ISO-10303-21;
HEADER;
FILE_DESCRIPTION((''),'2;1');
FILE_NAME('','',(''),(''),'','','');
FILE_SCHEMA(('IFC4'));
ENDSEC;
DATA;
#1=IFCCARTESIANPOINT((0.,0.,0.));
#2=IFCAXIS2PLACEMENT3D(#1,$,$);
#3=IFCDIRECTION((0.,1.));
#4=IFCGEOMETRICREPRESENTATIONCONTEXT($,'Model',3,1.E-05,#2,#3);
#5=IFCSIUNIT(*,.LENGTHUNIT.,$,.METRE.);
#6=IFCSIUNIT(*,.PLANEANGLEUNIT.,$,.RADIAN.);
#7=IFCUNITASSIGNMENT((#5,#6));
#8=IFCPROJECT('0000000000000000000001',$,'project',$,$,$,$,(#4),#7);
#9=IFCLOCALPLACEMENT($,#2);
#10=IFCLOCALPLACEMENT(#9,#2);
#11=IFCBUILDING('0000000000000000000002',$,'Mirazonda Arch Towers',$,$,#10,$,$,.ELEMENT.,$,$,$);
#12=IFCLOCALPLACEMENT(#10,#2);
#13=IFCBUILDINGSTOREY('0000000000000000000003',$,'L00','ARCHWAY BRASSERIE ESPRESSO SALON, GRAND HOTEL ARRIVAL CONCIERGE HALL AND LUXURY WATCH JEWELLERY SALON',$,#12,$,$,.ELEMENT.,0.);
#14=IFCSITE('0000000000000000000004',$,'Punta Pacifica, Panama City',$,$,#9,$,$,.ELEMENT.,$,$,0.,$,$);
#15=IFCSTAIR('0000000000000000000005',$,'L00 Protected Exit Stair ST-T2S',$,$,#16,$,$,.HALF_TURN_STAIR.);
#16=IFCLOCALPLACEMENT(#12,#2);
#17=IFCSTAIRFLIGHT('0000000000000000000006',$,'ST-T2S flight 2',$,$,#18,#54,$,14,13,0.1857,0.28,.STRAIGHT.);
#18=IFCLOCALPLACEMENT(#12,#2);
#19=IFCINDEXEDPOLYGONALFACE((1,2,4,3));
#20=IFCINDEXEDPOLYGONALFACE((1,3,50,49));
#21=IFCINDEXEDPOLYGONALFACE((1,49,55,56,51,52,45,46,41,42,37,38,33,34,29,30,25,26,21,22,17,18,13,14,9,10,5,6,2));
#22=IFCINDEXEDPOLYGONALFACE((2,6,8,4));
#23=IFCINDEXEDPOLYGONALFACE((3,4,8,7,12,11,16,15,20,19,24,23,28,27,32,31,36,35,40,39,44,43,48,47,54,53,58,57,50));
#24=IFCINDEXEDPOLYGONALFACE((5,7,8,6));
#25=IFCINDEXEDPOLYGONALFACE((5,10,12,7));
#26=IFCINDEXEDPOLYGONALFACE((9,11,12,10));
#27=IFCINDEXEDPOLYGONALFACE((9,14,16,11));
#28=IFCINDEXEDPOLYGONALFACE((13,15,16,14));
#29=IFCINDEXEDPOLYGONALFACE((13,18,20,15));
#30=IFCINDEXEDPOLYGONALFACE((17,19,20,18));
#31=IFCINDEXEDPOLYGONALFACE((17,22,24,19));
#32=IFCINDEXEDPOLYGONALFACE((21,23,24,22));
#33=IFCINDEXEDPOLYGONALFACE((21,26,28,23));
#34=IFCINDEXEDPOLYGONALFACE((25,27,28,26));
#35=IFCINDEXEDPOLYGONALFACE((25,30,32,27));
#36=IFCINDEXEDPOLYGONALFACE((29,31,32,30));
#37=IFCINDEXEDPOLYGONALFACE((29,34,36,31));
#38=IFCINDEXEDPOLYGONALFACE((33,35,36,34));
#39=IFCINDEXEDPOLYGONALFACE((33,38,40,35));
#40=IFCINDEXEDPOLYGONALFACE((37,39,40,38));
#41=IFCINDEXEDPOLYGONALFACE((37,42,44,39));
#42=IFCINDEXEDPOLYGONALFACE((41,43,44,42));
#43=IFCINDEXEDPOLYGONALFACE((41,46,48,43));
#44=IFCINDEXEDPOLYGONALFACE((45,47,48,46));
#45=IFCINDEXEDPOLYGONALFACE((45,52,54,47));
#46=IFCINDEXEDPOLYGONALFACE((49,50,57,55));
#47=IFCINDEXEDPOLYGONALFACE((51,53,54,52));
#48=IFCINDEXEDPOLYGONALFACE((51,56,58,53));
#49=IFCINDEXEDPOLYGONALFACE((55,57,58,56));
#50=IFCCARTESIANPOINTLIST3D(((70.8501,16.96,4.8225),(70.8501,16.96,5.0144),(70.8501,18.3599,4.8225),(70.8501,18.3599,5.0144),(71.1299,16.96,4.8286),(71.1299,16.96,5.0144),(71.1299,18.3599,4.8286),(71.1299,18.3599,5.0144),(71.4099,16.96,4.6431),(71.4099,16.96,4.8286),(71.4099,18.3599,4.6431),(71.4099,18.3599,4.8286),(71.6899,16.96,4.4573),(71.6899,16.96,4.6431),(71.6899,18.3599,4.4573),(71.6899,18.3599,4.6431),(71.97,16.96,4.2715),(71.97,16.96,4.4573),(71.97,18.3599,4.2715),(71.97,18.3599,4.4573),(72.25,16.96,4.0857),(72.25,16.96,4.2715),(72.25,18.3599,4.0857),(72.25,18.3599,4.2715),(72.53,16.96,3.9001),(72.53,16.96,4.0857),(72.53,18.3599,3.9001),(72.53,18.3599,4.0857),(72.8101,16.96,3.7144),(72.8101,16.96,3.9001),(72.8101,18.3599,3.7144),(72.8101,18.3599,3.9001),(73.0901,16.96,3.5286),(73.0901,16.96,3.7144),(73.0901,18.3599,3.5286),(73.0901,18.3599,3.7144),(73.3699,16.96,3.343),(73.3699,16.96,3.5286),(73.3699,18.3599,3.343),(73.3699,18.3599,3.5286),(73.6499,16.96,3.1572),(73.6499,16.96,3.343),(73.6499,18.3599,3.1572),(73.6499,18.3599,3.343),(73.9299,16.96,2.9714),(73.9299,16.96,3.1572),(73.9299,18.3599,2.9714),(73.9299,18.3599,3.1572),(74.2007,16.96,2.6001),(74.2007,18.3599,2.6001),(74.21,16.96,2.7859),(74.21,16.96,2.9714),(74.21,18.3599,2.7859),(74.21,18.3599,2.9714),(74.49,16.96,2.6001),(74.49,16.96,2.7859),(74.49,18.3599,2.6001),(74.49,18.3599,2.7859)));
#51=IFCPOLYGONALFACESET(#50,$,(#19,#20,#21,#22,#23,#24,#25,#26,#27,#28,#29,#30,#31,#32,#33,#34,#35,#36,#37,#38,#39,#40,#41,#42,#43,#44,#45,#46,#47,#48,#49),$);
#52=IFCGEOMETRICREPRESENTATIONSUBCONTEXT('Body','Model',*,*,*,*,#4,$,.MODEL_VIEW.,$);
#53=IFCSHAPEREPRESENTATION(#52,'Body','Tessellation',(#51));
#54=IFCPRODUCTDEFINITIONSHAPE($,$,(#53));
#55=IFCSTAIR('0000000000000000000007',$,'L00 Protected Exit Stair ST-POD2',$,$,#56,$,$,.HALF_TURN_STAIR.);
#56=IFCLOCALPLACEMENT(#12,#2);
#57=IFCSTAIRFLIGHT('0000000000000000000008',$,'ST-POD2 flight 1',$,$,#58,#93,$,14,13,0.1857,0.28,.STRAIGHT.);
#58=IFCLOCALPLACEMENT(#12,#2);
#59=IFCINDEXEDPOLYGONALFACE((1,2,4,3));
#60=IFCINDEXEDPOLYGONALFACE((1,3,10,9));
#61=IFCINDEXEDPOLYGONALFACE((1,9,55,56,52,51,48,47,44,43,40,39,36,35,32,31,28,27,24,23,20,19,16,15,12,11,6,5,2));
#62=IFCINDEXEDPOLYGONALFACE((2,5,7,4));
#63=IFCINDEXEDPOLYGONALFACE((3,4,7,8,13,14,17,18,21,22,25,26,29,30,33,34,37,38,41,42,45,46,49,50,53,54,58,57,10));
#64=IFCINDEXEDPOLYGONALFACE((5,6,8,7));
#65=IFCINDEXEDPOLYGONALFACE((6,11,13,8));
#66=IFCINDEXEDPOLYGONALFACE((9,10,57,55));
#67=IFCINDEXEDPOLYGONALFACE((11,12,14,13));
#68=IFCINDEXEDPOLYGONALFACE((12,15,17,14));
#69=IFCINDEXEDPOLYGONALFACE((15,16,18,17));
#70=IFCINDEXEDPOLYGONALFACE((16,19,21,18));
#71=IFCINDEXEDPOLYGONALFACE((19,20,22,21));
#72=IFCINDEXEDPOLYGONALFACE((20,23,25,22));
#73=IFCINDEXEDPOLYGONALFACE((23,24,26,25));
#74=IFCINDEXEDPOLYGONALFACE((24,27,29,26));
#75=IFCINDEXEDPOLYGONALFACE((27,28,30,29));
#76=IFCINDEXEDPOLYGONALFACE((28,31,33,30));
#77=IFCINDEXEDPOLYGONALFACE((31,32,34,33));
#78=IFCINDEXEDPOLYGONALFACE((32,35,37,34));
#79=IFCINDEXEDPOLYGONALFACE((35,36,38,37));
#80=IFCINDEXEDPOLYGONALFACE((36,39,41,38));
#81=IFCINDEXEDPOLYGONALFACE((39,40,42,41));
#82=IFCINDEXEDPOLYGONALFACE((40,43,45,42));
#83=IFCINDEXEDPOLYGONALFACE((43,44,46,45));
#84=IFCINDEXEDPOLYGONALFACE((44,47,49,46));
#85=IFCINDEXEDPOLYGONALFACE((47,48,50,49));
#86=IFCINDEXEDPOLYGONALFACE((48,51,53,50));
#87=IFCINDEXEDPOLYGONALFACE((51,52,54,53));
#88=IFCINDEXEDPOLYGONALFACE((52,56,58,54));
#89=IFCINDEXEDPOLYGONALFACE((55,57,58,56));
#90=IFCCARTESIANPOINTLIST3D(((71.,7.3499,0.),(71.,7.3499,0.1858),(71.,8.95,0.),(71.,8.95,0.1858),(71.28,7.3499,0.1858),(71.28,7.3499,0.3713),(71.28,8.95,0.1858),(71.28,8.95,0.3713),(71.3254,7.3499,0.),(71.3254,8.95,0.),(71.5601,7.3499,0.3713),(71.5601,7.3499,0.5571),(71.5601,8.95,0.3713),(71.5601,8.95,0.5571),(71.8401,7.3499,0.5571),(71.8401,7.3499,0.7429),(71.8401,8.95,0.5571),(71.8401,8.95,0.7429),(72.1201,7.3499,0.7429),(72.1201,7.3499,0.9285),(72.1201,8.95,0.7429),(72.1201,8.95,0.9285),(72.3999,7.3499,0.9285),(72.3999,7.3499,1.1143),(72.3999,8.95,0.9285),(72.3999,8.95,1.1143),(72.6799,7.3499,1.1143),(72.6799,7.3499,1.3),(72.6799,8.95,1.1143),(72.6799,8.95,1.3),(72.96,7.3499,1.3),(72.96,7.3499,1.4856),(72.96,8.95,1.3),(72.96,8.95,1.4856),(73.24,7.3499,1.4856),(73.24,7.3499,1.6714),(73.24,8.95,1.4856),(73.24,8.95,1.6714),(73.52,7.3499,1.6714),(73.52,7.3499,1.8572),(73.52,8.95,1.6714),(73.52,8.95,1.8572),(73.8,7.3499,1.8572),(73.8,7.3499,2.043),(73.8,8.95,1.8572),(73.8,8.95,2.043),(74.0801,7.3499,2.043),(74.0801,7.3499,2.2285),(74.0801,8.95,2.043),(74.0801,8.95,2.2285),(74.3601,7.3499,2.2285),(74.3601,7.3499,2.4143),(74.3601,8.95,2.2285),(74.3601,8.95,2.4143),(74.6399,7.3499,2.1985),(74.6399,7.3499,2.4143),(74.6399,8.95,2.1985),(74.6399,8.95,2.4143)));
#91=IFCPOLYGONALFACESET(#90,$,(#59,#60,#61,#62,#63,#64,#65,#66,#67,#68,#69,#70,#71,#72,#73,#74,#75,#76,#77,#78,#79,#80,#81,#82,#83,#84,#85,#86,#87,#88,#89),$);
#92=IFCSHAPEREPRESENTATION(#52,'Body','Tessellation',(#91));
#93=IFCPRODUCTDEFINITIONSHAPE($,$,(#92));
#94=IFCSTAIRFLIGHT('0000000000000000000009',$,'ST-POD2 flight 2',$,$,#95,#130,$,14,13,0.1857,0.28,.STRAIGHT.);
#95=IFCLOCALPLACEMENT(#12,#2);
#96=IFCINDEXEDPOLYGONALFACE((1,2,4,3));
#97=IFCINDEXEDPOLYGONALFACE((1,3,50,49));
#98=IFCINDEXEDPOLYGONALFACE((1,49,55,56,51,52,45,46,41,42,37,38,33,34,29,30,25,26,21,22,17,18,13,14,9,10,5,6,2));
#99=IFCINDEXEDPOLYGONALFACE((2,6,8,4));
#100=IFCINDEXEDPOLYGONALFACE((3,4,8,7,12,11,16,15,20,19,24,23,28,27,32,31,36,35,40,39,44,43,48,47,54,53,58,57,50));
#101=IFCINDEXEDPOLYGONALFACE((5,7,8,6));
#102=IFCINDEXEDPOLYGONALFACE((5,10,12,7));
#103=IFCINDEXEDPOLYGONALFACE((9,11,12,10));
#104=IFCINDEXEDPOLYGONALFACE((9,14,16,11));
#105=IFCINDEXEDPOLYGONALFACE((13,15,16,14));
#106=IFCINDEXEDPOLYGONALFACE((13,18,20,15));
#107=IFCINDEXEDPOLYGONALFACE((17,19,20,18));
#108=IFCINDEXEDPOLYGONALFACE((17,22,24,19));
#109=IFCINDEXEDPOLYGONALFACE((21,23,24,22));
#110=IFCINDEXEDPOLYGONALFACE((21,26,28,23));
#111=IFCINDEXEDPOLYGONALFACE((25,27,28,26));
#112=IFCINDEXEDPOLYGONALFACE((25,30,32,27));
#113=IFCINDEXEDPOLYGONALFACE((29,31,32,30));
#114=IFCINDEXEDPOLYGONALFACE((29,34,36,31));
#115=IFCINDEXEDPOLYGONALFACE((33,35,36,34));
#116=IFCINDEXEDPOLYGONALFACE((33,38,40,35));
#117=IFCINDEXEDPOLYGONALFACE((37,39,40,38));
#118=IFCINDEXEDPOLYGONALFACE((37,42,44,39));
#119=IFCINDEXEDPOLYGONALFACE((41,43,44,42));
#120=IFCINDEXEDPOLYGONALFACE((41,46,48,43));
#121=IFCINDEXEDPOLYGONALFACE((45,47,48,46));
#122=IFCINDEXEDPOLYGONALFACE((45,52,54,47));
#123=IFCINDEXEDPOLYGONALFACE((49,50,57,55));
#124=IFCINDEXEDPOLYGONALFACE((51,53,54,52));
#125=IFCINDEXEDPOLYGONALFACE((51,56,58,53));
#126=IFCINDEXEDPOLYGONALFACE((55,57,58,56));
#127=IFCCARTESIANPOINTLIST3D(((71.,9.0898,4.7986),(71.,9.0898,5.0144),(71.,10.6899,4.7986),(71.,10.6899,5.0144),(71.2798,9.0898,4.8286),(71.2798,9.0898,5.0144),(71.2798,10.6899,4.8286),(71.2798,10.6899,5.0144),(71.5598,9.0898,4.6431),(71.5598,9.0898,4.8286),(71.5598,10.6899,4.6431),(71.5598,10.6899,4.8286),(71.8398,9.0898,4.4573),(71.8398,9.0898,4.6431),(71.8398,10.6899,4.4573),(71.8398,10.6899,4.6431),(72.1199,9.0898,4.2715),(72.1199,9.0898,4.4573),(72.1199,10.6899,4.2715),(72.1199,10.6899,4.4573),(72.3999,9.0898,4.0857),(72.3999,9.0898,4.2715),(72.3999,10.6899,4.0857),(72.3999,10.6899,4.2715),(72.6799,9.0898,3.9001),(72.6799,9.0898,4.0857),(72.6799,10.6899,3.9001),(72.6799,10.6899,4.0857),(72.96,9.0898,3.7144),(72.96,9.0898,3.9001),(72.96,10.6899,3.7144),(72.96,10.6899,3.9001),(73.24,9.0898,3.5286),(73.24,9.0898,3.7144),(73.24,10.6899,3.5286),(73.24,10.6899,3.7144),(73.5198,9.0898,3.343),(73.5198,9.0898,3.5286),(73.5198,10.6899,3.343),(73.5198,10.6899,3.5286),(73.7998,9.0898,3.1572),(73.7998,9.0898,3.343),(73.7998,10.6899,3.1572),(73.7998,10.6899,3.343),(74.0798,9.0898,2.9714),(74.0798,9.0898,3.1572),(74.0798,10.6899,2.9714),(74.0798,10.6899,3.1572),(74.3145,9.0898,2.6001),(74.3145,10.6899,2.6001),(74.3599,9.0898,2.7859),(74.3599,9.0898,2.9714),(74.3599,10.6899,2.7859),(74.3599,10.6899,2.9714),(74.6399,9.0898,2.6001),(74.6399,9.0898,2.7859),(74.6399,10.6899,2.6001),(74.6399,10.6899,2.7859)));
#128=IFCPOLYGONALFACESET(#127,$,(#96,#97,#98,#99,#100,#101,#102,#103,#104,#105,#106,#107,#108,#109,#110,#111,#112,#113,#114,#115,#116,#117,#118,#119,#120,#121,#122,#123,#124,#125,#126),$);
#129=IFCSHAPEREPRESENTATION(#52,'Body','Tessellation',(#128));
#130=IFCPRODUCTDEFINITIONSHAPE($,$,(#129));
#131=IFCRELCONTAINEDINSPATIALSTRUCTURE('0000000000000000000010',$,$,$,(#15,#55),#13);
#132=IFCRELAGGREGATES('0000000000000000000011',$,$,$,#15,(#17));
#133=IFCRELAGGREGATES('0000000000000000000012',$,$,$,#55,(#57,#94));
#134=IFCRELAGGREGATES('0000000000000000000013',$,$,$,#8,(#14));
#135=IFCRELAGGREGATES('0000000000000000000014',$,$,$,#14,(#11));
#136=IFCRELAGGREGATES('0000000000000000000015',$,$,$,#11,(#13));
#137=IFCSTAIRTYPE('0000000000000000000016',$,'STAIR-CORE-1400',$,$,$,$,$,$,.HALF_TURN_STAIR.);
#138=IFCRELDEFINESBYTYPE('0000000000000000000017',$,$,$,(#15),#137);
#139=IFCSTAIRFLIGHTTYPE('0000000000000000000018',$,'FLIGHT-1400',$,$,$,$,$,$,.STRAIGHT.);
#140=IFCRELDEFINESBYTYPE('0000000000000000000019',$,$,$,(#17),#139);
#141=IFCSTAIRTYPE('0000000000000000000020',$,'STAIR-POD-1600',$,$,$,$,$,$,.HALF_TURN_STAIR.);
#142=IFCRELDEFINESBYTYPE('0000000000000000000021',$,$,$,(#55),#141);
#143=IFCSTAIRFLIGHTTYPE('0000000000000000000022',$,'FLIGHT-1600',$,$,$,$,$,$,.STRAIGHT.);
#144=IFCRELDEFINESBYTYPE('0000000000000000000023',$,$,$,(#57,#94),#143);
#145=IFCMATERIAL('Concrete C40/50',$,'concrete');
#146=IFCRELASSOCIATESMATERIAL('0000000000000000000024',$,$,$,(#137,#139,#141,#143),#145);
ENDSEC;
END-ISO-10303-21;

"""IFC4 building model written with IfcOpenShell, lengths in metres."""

from ifc_helpers import new_model, si_unit, direction, frame, origin, place, context, subcontext, project, spatial, polyline, outline, extrude, material, type_object, element, aggregate, save


model = new_model("IFC4")

# Units and contexts
model_context = context("Model", 3, precision=1e-05, world=origin(), true_north=direction((0.0, 1.0)))
body_context = subcontext(model_context, "Body", "Model", "MODEL_VIEW")
ifc_project = project(units=[si_unit("LENGTHUNIT", "METRE"), si_unit("PLANEANGLEUNIT", "RADIAN")], contexts=[model_context])

# Site, building, storey
site_placement = place(None, origin())
site = spatial("IfcSite", under=ifc_project, at=site_placement, Name="Punta Pacifica, Panama City", CompositionType="ELEMENT", RefElevation=0.0)
building_placement = place(site_placement, origin())
building = spatial("IfcBuilding", under=site, at=building_placement, Name="Mirazonda Arch Towers", CompositionType="ELEMENT")
storey_placement = place(building_placement, origin())
storey = spatial("IfcBuildingStorey", under=building, at=storey_placement, Name="L00", Description="ARCHWAY BRASSERIE ESPRESSO SALON, GRAND HOTEL ARRIVAL CONCIERGE HALL AND LUXURY WATCH JEWELLERY SALON", CompositionType="ELEMENT", Elevation=0.0)

# Shared definitions
ifc_material_1 = material(Name="Concrete C40/50", Category="concrete")

# Stairs, stair flights
stair_type_1 = type_object("IfcStairType", Name="STAIR-CORE-1400", PredefinedType="HALF_TURN_STAIR", material=ifc_material_1)
stair_1_placement = place(storey_placement, origin())
stair_1 = element("IfcStair", 1, at=stair_1_placement, inside=storey, type_object=stair_type_1, Name="L00 Protected Exit Stair ST-T2S", PredefinedType="HALF_TURN_STAIR")
stair_flight_type_1 = type_object("IfcStairFlightType", Name="FLIGHT-1400", PredefinedType="STRAIGHT", material=ifc_material_1)
stair_flight_1_placement = place(storey_placement, frame((74.49, 17.6599, 2.6001), z_axis=(0.0, 0.0, 1.0), x_axis=(-1.0, 0.0, 0.0)))
stair_flight_1 = element("IfcStairFlight", 2, at=stair_flight_1_placement, type_object=stair_flight_type_1, Name="ST-T2S flight 2", NumberOfRisers=14, NumberOfTreads=13, PredefinedType="STRAIGHT", RiserHeight=0.1857, TreadLength=0.28, context=body_context, shape_type="SweptSolid", body=[
    extrude(outline(polyline([(0.0, 0.0), (0.0, 0.1858), (0.28, 0.1858), (0.28, 0.3713), (0.5601, 0.3713), (0.5601, 0.5571), (0.8401, 0.5571), (0.8401, 0.7429), (1.1201, 0.7429), (1.1201, 0.9285), (1.3999, 0.9285), (1.3999, 1.1143), (1.6799, 1.1143), (1.6799, 1.3), (1.96, 1.3), (1.96, 1.4856), (2.24, 1.4856), (2.24, 1.6714), (2.52, 1.6714), (2.52, 1.8572), (2.8, 1.8572), (2.8, 2.043), (3.0801, 2.043), (3.0801, 2.2285), (3.3601, 2.2285), (3.3601, 2.4143), (3.6399, 2.4143), (3.6399, 2.6001), (3.6399, 2.2224), (0.2893, 0.0), (0.0, 0.0)])), frame((0.0, 0.7, 0.0), z_axis=(0.0, -1.0, 0.0), x_axis=(1.0, 0.0, 0.0)), (0.0, 0.0, 1.0), 1.3999),
])
aggregate(stair_1, [stair_flight_1])
stair_type_2 = type_object("IfcStairType", Name="STAIR-POD-1600", PredefinedType="HALF_TURN_STAIR", material=ifc_material_1)
stair_2_placement = place(storey_placement, origin())
stair_2 = element("IfcStair", 3, at=stair_2_placement, inside=storey, type_object=stair_type_2, Name="L00 Protected Exit Stair ST-POD2", PredefinedType="HALF_TURN_STAIR")
stair_flight_type_2 = type_object("IfcStairFlightType", Name="FLIGHT-1600", PredefinedType="STRAIGHT", material=ifc_material_1)
stair_flight_2_placement = place(storey_placement, frame((71.0, 8.1499, 0.0), z_axis=(0.0, 0.0, 1.0), x_axis=(1.0, 0.0, 0.0)))
stair_flight_2 = element("IfcStairFlight", 4, at=stair_flight_2_placement, type_object=stair_flight_type_2, Name="ST-POD2 flight 1", NumberOfRisers=14, NumberOfTreads=13, PredefinedType="STRAIGHT", RiserHeight=0.1857, TreadLength=0.28, context=body_context, shape_type="SweptSolid", body=[
    extrude(outline(polyline([(0.0, 0.0), (0.0, 0.1858), (0.28, 0.1858), (0.28, 0.3713), (0.5601, 0.3713), (0.5601, 0.5571), (0.8401, 0.5571), (0.8401, 0.7429), (1.1201, 0.7429), (1.1201, 0.9285), (1.3999, 0.9285), (1.3999, 1.1143), (1.6799, 1.1143), (1.6799, 1.3), (1.96, 1.3), (1.96, 1.4856), (2.24, 1.4856), (2.24, 1.6714), (2.52, 1.6714), (2.52, 1.8572), (2.8, 1.8572), (2.8, 2.043), (3.0801, 2.043), (3.0801, 2.2285), (3.3601, 2.2285), (3.3601, 2.4143), (3.6399, 2.4143), (3.6399, 2.6001), (3.6399, 2.1985), (0.3254, 0.0), (0.0, 0.0)])), frame((0.0, 0.8, 0.0), z_axis=(0.0, -1.0, 0.0), x_axis=(1.0, 0.0, 0.0)), (0.0, 0.0, 1.0), 1.6001),
])
stair_flight_3_placement = place(storey_placement, frame((74.6399, 9.8899, 2.6001), z_axis=(0.0, 0.0, 1.0), x_axis=(-1.0, 0.0, 0.0)))
stair_flight_3 = element("IfcStairFlight", 5, at=stair_flight_3_placement, type_object=stair_flight_type_2, Name="ST-POD2 flight 2", NumberOfRisers=14, NumberOfTreads=13, PredefinedType="STRAIGHT", RiserHeight=0.1857, TreadLength=0.28, context=body_context, shape_type="SweptSolid", body=[
    extrude(outline(polyline([(0.0, 0.0), (0.0, 0.1858), (0.28, 0.1858), (0.28, 0.3713), (0.5601, 0.3713), (0.5601, 0.5571), (0.8401, 0.5571), (0.8401, 0.7429), (1.1201, 0.7429), (1.1201, 0.9285), (1.3999, 0.9285), (1.3999, 1.1143), (1.6799, 1.1143), (1.6799, 1.3), (1.96, 1.3), (1.96, 1.4856), (2.24, 1.4856), (2.24, 1.6714), (2.52, 1.6714), (2.52, 1.8572), (2.8, 1.8572), (2.8, 2.043), (3.0801, 2.043), (3.0801, 2.2285), (3.3601, 2.2285), (3.3601, 2.4143), (3.6399, 2.4143), (3.6399, 2.6001), (3.6399, 2.1985), (0.3254, 0.0), (0.0, 0.0)])), frame((0.0, 0.8, 0.0), z_axis=(0.0, -1.0, 0.0), x_axis=(1.0, 0.0, 0.0)), (0.0, 0.0, 1.0), 1.6001),
])
aggregate(stair_2, [stair_flight_2, stair_flight_3])

save(model, "model.ifc")
